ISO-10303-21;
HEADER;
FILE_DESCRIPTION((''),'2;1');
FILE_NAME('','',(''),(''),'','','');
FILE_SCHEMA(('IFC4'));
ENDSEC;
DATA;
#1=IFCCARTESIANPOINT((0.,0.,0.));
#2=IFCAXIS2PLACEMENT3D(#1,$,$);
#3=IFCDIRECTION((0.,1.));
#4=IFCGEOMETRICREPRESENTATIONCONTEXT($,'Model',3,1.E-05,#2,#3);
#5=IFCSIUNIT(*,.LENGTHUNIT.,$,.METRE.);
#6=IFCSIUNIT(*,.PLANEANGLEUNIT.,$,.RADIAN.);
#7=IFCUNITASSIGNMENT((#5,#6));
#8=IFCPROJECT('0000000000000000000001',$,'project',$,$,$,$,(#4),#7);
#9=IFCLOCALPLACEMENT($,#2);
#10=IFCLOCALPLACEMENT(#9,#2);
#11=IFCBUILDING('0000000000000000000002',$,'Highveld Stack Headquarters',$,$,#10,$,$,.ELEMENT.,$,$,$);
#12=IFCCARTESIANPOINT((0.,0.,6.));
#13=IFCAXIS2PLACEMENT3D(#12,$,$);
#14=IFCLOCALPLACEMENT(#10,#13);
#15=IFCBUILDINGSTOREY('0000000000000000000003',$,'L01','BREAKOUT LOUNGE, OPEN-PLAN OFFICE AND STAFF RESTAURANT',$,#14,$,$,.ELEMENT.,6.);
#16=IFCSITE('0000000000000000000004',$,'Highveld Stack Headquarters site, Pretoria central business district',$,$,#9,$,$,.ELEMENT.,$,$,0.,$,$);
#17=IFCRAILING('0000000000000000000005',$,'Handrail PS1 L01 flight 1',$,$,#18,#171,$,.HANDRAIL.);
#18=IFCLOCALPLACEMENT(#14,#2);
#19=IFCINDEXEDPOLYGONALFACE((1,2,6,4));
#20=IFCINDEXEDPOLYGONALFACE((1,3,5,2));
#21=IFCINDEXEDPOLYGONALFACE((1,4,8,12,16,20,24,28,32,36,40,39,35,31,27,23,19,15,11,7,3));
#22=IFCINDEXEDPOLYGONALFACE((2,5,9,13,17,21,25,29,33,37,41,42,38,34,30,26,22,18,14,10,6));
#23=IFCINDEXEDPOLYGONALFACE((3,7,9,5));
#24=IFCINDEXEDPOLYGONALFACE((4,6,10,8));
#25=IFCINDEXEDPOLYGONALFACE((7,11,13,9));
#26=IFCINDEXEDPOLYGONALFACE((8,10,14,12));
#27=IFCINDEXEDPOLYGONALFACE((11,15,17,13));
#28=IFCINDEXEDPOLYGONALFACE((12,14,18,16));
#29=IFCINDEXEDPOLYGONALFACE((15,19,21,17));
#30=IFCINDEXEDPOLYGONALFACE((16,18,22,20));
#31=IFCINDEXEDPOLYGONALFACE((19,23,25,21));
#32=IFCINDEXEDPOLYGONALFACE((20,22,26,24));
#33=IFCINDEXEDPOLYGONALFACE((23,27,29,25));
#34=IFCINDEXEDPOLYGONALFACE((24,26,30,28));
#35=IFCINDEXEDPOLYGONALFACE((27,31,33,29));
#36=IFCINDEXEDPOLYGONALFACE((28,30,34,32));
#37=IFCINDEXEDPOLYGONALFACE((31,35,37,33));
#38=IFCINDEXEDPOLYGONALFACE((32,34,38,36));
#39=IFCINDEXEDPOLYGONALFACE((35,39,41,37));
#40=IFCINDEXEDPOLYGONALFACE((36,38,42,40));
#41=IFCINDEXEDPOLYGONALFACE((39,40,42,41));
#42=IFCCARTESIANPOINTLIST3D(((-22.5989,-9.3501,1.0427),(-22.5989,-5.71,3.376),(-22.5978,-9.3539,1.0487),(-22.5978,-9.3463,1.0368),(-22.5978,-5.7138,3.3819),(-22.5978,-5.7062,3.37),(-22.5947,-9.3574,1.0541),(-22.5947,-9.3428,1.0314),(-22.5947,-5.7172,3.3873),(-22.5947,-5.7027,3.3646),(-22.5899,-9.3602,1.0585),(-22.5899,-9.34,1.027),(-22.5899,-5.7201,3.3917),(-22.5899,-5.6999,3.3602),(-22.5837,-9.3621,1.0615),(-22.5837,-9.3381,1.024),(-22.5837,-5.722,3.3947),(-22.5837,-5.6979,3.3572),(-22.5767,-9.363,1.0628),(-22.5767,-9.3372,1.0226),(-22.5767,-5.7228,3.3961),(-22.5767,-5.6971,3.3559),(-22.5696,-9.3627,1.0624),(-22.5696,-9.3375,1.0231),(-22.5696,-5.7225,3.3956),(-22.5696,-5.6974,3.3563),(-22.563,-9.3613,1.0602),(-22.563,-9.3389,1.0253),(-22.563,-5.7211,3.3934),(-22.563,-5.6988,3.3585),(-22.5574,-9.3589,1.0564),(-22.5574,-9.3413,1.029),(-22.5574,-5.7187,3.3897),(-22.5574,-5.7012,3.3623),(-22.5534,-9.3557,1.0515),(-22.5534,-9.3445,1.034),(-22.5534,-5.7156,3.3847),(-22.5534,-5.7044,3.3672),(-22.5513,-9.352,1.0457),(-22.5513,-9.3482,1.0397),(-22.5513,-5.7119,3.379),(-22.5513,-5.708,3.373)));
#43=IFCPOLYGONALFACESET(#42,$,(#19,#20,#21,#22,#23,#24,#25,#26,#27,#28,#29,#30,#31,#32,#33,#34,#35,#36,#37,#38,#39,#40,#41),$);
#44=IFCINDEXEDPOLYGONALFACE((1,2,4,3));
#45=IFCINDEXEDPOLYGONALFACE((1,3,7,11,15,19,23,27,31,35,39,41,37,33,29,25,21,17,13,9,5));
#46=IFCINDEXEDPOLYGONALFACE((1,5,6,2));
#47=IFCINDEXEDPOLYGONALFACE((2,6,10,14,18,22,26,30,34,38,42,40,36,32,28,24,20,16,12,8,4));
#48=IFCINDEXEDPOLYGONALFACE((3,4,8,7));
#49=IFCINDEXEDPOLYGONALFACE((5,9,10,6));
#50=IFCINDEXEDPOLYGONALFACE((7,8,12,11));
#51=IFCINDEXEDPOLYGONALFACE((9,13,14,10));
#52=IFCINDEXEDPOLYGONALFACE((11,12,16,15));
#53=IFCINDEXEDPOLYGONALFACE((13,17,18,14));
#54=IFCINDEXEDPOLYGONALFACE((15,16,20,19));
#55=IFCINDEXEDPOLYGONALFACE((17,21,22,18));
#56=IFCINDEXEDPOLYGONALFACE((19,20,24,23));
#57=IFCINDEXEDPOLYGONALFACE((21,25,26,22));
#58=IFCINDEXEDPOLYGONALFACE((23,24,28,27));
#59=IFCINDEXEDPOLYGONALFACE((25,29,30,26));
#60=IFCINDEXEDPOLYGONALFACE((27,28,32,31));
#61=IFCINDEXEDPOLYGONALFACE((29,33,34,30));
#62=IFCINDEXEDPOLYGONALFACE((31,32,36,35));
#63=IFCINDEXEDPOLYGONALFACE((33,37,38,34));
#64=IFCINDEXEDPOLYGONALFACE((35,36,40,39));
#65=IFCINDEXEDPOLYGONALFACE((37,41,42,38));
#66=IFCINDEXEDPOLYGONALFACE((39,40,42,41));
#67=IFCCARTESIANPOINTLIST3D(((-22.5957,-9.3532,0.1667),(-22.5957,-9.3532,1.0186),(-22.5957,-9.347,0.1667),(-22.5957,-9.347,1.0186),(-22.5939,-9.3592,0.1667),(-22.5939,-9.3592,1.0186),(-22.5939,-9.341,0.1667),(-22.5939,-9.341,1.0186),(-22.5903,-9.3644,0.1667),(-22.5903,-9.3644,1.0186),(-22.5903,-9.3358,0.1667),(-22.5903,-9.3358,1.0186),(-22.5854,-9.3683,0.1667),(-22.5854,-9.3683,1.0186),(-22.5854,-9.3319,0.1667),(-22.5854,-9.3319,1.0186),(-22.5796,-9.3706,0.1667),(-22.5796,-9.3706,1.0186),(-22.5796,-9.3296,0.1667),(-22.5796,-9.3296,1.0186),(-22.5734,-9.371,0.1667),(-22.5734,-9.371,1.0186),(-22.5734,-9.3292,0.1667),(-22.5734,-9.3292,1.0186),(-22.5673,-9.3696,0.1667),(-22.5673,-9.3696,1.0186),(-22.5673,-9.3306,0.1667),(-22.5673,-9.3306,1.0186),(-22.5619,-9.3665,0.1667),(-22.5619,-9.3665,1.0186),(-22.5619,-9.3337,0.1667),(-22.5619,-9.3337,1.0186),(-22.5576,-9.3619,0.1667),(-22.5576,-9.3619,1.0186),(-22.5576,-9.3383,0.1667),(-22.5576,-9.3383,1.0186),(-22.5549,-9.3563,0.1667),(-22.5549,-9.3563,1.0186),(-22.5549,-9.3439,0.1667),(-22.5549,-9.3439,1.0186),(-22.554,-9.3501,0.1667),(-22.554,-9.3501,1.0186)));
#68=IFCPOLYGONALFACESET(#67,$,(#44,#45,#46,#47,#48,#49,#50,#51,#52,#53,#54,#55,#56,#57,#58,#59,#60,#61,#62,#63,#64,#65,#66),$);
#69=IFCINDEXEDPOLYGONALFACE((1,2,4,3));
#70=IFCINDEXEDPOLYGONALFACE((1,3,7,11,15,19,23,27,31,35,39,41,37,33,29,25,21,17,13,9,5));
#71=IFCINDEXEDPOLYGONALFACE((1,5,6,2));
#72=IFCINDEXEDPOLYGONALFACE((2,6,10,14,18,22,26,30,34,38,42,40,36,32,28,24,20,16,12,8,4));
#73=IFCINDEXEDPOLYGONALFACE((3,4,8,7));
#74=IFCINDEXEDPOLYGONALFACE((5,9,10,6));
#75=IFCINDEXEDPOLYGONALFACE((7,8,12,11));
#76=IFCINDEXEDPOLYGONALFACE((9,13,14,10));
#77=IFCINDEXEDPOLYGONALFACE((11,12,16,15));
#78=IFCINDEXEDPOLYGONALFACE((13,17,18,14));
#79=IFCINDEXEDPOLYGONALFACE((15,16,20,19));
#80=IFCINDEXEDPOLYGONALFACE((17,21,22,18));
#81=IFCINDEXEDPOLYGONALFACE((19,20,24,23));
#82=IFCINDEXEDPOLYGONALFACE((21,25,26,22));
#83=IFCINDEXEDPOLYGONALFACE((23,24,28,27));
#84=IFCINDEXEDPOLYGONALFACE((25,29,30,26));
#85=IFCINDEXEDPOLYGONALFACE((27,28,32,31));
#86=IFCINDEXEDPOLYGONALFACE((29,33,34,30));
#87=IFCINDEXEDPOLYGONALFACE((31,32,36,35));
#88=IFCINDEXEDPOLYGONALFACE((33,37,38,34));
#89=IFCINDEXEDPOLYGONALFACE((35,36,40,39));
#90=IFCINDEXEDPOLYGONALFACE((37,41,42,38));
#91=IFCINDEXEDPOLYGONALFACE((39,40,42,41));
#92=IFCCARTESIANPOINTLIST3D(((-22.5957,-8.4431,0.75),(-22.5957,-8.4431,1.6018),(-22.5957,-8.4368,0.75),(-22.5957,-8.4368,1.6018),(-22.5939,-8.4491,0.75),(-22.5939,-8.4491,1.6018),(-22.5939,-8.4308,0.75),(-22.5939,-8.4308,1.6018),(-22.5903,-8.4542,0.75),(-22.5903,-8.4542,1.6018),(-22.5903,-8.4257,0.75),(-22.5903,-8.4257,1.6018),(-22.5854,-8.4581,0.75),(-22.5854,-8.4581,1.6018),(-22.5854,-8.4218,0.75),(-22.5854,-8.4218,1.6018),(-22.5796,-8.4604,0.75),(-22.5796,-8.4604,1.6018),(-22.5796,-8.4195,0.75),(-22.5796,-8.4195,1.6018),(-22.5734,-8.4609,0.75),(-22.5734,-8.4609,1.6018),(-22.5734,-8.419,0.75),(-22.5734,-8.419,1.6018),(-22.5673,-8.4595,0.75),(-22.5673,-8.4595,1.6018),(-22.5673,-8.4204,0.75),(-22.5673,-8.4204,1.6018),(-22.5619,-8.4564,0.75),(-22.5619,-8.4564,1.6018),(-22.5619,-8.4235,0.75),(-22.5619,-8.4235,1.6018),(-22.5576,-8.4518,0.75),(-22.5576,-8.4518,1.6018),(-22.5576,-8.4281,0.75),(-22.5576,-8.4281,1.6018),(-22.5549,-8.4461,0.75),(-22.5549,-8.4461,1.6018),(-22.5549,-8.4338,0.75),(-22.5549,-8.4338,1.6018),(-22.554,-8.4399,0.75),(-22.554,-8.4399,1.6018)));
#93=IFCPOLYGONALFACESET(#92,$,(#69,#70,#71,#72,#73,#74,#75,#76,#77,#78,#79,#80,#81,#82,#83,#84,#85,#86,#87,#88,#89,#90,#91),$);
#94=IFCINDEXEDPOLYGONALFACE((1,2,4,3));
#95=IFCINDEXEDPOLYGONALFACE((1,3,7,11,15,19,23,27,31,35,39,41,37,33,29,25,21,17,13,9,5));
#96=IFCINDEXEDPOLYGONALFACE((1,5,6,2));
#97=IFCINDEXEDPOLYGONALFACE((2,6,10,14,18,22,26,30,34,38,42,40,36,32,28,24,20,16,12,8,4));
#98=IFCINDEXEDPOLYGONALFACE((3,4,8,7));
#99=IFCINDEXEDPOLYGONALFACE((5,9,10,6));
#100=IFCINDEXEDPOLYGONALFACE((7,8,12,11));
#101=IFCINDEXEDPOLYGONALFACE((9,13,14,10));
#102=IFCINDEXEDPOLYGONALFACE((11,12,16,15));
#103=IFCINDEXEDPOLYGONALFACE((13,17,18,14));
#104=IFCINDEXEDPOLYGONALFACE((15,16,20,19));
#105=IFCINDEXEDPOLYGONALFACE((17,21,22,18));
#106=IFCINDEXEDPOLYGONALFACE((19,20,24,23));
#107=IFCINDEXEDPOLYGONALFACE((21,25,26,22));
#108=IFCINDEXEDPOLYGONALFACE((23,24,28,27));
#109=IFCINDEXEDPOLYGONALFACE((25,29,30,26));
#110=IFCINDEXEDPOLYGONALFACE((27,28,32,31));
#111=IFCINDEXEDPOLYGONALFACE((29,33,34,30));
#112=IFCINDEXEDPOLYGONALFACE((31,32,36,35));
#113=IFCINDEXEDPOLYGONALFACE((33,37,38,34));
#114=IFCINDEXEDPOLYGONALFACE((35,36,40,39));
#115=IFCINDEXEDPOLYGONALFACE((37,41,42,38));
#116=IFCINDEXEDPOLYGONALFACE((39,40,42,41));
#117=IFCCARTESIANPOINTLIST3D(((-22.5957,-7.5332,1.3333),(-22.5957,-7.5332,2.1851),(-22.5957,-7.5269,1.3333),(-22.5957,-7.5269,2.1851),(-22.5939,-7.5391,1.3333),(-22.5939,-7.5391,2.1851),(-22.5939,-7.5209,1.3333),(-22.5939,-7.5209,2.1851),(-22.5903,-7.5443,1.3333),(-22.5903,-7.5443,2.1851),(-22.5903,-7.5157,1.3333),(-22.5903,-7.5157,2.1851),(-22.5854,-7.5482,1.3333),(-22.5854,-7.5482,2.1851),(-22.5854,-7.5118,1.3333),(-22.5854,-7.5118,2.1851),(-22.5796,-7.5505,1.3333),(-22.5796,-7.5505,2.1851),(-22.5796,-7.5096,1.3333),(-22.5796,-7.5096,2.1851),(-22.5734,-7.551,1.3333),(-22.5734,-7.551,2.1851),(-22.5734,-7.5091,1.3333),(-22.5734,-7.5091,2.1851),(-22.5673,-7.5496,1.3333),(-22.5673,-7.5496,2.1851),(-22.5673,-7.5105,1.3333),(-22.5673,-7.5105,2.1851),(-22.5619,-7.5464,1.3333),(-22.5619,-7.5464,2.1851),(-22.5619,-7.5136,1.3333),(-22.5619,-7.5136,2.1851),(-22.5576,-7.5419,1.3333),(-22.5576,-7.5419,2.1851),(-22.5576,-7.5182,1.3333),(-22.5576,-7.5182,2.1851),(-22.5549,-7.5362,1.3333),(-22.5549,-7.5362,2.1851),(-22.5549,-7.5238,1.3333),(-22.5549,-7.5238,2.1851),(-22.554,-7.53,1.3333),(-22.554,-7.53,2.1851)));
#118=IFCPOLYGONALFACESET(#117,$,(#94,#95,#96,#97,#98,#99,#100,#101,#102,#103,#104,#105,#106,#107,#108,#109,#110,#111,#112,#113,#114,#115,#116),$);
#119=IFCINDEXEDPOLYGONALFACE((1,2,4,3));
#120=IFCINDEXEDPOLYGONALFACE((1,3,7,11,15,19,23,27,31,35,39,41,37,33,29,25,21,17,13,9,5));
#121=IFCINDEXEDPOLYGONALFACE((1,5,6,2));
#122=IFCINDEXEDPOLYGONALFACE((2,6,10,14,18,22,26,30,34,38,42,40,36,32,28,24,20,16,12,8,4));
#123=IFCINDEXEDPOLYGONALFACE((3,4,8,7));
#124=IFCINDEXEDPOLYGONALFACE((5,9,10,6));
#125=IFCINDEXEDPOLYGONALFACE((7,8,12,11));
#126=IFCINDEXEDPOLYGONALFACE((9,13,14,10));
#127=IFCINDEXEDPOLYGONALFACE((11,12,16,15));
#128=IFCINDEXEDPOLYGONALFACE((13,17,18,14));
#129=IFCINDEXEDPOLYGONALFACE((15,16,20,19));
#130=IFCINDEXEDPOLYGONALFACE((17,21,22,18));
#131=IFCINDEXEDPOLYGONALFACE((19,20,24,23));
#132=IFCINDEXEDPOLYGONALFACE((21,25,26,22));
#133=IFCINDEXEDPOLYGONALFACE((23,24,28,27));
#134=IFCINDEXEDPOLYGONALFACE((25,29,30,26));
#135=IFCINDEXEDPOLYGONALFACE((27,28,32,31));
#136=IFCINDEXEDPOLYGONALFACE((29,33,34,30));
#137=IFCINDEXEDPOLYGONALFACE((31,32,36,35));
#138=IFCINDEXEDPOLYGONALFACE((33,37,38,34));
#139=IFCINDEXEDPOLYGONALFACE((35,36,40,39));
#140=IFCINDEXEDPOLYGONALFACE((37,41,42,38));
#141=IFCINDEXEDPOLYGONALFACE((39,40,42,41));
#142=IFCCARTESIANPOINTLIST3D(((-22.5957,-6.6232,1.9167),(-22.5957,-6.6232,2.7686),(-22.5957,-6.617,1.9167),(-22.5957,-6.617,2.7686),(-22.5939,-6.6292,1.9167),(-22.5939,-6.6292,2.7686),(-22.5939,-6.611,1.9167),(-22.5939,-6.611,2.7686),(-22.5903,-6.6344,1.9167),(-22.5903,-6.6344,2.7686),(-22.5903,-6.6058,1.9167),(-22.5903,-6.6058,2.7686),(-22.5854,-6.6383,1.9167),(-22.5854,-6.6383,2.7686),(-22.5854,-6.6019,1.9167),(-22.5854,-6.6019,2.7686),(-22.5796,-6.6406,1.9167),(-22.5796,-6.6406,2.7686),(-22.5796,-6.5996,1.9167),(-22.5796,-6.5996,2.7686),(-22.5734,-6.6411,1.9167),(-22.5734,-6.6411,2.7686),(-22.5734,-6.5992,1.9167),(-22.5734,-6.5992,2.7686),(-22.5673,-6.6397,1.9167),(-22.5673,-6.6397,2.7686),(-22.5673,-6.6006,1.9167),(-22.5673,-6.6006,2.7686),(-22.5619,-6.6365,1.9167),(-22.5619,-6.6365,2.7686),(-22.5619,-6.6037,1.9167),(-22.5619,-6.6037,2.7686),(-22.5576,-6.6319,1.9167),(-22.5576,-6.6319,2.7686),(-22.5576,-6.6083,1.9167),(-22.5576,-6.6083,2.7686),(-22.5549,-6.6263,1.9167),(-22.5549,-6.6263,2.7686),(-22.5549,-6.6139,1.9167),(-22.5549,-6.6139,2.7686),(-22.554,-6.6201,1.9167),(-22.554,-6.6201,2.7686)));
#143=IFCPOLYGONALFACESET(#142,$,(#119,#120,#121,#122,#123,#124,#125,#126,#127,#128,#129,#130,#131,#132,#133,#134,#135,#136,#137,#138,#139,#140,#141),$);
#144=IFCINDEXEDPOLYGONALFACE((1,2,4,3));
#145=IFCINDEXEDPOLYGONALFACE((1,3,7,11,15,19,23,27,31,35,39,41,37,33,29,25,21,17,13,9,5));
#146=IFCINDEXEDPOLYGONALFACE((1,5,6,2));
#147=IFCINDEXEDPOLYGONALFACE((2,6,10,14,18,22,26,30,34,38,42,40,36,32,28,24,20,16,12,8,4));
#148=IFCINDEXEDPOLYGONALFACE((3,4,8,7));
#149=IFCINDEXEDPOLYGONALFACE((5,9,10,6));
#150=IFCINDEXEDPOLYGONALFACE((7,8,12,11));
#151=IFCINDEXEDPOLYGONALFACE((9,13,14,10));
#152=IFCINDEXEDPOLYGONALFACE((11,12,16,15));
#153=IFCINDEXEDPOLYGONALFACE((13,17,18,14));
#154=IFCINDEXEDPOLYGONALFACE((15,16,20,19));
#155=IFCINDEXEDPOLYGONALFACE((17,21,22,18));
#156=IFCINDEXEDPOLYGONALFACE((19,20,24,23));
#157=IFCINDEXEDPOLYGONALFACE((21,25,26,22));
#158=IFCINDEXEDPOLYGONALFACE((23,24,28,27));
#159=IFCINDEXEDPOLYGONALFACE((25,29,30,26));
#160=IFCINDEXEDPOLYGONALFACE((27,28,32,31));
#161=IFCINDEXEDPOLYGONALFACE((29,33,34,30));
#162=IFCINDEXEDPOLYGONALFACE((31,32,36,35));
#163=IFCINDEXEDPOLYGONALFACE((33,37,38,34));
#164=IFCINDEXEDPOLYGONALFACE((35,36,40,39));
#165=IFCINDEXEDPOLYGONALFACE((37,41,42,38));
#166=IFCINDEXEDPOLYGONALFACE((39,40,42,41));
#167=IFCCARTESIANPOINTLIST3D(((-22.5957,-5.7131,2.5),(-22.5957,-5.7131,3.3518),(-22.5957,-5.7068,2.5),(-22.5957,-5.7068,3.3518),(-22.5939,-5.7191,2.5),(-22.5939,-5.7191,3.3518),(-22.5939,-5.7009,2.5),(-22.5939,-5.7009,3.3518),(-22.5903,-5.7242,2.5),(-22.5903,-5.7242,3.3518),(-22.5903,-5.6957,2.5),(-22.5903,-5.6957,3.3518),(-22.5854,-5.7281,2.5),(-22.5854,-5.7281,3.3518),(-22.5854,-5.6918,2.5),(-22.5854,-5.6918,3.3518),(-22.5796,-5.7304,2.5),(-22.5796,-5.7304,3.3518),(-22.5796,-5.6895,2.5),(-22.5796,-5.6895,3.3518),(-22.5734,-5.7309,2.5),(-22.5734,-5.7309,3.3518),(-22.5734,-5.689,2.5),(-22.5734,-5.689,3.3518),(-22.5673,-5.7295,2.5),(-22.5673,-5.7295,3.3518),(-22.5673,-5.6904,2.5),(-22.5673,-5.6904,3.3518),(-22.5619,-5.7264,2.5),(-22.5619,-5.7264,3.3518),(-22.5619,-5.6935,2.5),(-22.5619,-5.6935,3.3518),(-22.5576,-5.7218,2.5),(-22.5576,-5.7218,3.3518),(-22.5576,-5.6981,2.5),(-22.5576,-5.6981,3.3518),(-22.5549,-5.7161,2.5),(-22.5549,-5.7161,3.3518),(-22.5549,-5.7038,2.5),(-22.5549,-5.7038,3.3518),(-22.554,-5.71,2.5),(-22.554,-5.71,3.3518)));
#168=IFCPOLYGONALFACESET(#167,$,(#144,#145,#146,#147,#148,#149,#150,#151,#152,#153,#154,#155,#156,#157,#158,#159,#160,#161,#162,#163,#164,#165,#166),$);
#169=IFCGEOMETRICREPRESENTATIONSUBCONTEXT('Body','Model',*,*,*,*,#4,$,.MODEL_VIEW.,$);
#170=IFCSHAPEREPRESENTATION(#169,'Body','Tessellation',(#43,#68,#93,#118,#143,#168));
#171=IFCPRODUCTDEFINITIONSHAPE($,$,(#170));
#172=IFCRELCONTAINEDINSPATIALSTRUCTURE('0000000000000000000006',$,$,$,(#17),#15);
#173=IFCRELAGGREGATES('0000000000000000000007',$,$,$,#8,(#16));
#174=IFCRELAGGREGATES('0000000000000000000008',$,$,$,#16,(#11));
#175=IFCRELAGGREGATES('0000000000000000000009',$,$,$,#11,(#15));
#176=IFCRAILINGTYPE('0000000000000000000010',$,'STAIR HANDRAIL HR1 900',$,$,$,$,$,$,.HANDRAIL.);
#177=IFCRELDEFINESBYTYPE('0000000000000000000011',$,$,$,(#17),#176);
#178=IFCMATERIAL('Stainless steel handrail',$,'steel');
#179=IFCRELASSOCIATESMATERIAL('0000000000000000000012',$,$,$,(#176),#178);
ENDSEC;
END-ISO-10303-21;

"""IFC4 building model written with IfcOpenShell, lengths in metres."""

from ifc_helpers import new_model, si_unit, direction, frame, origin, origin_2d, place, context, subcontext, project, spatial, circle, extrude, material, type_object, element, save


model = new_model("IFC4")

# Units and contexts
model_context = context("Model", 3, precision=1e-05, world=origin(), true_north=direction((0.0, 1.0)))
body_context = subcontext(model_context, "Body", "Model", "MODEL_VIEW")
ifc_project = project(units=[si_unit("LENGTHUNIT", "METRE"), si_unit("PLANEANGLEUNIT", "RADIAN")], contexts=[model_context])

# Site, building, storey
site_placement = place(None, origin())
site = spatial("IfcSite", under=ifc_project, at=site_placement, Name="Highveld Stack Headquarters site, Pretoria central business district", CompositionType="ELEMENT", RefElevation=0.0)
building_placement = place(site_placement, origin())
building = spatial("IfcBuilding", under=site, at=building_placement, Name="Highveld Stack Headquarters", CompositionType="ELEMENT")
storey_placement = place(building_placement, frame((0.0, 0.0, 6.0)))
storey = spatial("IfcBuildingStorey", under=building, at=storey_placement, Name="L01", Description="BREAKOUT LOUNGE, OPEN-PLAN OFFICE AND STAFF RESTAURANT", CompositionType="ELEMENT", Elevation=6.0)

# Railing
ifc_material_1 = material(Name="Stainless steel handrail", Category="steel")
railing_type = type_object("IfcRailingType", Name="STAIR HANDRAIL HR1 900", PredefinedType="HANDRAIL", material=ifc_material_1)
for number, where, name in (
    (1, (-22.575, -9.3501, 0.1667), "Handrail PS1 L01 flight 1"),
):
    element("IfcRailing", number, at=place(storey_placement, frame(where)), inside=storey, type_object=railing_type, Name=name, PredefinedType="HANDRAIL", context=body_context, shape_type="SweptSolid", body=[
        extrude(circle(Radius=0.0239, at=origin_2d()), frame((0.0, 0.0, 0.876), z_axis=(0.0, 0.841897, 0.539638), x_axis=(-1.0, 0.0, 0.0)), (0.0, 0.0, 1.0), 4.3237),
        extrude(circle(Radius=0.021, at=origin_2d()), origin(), (0.0, 0.0, 1.0), 0.8518),
        extrude(circle(Radius=0.021, at=origin_2d()), frame((0.0, 0.9102, 0.5833)), (0.0, 0.0, 1.0), 0.8518),
        extrude(circle(Radius=0.021, at=origin_2d()), frame((0.0, 1.8201, 1.1665)), (0.0, 0.0, 1.0), 0.8518),
        extrude(circle(Radius=0.021, at=origin_2d()), frame((0.0, 2.73, 1.75)), (0.0, 0.0, 1.0), 0.8518),
        extrude(circle(Radius=0.021, at=origin_2d()), frame((0.0, 3.6401, 2.3333)), (0.0, 0.0, 1.0), 0.8518),
    ])

save(model, "model.ifc")
